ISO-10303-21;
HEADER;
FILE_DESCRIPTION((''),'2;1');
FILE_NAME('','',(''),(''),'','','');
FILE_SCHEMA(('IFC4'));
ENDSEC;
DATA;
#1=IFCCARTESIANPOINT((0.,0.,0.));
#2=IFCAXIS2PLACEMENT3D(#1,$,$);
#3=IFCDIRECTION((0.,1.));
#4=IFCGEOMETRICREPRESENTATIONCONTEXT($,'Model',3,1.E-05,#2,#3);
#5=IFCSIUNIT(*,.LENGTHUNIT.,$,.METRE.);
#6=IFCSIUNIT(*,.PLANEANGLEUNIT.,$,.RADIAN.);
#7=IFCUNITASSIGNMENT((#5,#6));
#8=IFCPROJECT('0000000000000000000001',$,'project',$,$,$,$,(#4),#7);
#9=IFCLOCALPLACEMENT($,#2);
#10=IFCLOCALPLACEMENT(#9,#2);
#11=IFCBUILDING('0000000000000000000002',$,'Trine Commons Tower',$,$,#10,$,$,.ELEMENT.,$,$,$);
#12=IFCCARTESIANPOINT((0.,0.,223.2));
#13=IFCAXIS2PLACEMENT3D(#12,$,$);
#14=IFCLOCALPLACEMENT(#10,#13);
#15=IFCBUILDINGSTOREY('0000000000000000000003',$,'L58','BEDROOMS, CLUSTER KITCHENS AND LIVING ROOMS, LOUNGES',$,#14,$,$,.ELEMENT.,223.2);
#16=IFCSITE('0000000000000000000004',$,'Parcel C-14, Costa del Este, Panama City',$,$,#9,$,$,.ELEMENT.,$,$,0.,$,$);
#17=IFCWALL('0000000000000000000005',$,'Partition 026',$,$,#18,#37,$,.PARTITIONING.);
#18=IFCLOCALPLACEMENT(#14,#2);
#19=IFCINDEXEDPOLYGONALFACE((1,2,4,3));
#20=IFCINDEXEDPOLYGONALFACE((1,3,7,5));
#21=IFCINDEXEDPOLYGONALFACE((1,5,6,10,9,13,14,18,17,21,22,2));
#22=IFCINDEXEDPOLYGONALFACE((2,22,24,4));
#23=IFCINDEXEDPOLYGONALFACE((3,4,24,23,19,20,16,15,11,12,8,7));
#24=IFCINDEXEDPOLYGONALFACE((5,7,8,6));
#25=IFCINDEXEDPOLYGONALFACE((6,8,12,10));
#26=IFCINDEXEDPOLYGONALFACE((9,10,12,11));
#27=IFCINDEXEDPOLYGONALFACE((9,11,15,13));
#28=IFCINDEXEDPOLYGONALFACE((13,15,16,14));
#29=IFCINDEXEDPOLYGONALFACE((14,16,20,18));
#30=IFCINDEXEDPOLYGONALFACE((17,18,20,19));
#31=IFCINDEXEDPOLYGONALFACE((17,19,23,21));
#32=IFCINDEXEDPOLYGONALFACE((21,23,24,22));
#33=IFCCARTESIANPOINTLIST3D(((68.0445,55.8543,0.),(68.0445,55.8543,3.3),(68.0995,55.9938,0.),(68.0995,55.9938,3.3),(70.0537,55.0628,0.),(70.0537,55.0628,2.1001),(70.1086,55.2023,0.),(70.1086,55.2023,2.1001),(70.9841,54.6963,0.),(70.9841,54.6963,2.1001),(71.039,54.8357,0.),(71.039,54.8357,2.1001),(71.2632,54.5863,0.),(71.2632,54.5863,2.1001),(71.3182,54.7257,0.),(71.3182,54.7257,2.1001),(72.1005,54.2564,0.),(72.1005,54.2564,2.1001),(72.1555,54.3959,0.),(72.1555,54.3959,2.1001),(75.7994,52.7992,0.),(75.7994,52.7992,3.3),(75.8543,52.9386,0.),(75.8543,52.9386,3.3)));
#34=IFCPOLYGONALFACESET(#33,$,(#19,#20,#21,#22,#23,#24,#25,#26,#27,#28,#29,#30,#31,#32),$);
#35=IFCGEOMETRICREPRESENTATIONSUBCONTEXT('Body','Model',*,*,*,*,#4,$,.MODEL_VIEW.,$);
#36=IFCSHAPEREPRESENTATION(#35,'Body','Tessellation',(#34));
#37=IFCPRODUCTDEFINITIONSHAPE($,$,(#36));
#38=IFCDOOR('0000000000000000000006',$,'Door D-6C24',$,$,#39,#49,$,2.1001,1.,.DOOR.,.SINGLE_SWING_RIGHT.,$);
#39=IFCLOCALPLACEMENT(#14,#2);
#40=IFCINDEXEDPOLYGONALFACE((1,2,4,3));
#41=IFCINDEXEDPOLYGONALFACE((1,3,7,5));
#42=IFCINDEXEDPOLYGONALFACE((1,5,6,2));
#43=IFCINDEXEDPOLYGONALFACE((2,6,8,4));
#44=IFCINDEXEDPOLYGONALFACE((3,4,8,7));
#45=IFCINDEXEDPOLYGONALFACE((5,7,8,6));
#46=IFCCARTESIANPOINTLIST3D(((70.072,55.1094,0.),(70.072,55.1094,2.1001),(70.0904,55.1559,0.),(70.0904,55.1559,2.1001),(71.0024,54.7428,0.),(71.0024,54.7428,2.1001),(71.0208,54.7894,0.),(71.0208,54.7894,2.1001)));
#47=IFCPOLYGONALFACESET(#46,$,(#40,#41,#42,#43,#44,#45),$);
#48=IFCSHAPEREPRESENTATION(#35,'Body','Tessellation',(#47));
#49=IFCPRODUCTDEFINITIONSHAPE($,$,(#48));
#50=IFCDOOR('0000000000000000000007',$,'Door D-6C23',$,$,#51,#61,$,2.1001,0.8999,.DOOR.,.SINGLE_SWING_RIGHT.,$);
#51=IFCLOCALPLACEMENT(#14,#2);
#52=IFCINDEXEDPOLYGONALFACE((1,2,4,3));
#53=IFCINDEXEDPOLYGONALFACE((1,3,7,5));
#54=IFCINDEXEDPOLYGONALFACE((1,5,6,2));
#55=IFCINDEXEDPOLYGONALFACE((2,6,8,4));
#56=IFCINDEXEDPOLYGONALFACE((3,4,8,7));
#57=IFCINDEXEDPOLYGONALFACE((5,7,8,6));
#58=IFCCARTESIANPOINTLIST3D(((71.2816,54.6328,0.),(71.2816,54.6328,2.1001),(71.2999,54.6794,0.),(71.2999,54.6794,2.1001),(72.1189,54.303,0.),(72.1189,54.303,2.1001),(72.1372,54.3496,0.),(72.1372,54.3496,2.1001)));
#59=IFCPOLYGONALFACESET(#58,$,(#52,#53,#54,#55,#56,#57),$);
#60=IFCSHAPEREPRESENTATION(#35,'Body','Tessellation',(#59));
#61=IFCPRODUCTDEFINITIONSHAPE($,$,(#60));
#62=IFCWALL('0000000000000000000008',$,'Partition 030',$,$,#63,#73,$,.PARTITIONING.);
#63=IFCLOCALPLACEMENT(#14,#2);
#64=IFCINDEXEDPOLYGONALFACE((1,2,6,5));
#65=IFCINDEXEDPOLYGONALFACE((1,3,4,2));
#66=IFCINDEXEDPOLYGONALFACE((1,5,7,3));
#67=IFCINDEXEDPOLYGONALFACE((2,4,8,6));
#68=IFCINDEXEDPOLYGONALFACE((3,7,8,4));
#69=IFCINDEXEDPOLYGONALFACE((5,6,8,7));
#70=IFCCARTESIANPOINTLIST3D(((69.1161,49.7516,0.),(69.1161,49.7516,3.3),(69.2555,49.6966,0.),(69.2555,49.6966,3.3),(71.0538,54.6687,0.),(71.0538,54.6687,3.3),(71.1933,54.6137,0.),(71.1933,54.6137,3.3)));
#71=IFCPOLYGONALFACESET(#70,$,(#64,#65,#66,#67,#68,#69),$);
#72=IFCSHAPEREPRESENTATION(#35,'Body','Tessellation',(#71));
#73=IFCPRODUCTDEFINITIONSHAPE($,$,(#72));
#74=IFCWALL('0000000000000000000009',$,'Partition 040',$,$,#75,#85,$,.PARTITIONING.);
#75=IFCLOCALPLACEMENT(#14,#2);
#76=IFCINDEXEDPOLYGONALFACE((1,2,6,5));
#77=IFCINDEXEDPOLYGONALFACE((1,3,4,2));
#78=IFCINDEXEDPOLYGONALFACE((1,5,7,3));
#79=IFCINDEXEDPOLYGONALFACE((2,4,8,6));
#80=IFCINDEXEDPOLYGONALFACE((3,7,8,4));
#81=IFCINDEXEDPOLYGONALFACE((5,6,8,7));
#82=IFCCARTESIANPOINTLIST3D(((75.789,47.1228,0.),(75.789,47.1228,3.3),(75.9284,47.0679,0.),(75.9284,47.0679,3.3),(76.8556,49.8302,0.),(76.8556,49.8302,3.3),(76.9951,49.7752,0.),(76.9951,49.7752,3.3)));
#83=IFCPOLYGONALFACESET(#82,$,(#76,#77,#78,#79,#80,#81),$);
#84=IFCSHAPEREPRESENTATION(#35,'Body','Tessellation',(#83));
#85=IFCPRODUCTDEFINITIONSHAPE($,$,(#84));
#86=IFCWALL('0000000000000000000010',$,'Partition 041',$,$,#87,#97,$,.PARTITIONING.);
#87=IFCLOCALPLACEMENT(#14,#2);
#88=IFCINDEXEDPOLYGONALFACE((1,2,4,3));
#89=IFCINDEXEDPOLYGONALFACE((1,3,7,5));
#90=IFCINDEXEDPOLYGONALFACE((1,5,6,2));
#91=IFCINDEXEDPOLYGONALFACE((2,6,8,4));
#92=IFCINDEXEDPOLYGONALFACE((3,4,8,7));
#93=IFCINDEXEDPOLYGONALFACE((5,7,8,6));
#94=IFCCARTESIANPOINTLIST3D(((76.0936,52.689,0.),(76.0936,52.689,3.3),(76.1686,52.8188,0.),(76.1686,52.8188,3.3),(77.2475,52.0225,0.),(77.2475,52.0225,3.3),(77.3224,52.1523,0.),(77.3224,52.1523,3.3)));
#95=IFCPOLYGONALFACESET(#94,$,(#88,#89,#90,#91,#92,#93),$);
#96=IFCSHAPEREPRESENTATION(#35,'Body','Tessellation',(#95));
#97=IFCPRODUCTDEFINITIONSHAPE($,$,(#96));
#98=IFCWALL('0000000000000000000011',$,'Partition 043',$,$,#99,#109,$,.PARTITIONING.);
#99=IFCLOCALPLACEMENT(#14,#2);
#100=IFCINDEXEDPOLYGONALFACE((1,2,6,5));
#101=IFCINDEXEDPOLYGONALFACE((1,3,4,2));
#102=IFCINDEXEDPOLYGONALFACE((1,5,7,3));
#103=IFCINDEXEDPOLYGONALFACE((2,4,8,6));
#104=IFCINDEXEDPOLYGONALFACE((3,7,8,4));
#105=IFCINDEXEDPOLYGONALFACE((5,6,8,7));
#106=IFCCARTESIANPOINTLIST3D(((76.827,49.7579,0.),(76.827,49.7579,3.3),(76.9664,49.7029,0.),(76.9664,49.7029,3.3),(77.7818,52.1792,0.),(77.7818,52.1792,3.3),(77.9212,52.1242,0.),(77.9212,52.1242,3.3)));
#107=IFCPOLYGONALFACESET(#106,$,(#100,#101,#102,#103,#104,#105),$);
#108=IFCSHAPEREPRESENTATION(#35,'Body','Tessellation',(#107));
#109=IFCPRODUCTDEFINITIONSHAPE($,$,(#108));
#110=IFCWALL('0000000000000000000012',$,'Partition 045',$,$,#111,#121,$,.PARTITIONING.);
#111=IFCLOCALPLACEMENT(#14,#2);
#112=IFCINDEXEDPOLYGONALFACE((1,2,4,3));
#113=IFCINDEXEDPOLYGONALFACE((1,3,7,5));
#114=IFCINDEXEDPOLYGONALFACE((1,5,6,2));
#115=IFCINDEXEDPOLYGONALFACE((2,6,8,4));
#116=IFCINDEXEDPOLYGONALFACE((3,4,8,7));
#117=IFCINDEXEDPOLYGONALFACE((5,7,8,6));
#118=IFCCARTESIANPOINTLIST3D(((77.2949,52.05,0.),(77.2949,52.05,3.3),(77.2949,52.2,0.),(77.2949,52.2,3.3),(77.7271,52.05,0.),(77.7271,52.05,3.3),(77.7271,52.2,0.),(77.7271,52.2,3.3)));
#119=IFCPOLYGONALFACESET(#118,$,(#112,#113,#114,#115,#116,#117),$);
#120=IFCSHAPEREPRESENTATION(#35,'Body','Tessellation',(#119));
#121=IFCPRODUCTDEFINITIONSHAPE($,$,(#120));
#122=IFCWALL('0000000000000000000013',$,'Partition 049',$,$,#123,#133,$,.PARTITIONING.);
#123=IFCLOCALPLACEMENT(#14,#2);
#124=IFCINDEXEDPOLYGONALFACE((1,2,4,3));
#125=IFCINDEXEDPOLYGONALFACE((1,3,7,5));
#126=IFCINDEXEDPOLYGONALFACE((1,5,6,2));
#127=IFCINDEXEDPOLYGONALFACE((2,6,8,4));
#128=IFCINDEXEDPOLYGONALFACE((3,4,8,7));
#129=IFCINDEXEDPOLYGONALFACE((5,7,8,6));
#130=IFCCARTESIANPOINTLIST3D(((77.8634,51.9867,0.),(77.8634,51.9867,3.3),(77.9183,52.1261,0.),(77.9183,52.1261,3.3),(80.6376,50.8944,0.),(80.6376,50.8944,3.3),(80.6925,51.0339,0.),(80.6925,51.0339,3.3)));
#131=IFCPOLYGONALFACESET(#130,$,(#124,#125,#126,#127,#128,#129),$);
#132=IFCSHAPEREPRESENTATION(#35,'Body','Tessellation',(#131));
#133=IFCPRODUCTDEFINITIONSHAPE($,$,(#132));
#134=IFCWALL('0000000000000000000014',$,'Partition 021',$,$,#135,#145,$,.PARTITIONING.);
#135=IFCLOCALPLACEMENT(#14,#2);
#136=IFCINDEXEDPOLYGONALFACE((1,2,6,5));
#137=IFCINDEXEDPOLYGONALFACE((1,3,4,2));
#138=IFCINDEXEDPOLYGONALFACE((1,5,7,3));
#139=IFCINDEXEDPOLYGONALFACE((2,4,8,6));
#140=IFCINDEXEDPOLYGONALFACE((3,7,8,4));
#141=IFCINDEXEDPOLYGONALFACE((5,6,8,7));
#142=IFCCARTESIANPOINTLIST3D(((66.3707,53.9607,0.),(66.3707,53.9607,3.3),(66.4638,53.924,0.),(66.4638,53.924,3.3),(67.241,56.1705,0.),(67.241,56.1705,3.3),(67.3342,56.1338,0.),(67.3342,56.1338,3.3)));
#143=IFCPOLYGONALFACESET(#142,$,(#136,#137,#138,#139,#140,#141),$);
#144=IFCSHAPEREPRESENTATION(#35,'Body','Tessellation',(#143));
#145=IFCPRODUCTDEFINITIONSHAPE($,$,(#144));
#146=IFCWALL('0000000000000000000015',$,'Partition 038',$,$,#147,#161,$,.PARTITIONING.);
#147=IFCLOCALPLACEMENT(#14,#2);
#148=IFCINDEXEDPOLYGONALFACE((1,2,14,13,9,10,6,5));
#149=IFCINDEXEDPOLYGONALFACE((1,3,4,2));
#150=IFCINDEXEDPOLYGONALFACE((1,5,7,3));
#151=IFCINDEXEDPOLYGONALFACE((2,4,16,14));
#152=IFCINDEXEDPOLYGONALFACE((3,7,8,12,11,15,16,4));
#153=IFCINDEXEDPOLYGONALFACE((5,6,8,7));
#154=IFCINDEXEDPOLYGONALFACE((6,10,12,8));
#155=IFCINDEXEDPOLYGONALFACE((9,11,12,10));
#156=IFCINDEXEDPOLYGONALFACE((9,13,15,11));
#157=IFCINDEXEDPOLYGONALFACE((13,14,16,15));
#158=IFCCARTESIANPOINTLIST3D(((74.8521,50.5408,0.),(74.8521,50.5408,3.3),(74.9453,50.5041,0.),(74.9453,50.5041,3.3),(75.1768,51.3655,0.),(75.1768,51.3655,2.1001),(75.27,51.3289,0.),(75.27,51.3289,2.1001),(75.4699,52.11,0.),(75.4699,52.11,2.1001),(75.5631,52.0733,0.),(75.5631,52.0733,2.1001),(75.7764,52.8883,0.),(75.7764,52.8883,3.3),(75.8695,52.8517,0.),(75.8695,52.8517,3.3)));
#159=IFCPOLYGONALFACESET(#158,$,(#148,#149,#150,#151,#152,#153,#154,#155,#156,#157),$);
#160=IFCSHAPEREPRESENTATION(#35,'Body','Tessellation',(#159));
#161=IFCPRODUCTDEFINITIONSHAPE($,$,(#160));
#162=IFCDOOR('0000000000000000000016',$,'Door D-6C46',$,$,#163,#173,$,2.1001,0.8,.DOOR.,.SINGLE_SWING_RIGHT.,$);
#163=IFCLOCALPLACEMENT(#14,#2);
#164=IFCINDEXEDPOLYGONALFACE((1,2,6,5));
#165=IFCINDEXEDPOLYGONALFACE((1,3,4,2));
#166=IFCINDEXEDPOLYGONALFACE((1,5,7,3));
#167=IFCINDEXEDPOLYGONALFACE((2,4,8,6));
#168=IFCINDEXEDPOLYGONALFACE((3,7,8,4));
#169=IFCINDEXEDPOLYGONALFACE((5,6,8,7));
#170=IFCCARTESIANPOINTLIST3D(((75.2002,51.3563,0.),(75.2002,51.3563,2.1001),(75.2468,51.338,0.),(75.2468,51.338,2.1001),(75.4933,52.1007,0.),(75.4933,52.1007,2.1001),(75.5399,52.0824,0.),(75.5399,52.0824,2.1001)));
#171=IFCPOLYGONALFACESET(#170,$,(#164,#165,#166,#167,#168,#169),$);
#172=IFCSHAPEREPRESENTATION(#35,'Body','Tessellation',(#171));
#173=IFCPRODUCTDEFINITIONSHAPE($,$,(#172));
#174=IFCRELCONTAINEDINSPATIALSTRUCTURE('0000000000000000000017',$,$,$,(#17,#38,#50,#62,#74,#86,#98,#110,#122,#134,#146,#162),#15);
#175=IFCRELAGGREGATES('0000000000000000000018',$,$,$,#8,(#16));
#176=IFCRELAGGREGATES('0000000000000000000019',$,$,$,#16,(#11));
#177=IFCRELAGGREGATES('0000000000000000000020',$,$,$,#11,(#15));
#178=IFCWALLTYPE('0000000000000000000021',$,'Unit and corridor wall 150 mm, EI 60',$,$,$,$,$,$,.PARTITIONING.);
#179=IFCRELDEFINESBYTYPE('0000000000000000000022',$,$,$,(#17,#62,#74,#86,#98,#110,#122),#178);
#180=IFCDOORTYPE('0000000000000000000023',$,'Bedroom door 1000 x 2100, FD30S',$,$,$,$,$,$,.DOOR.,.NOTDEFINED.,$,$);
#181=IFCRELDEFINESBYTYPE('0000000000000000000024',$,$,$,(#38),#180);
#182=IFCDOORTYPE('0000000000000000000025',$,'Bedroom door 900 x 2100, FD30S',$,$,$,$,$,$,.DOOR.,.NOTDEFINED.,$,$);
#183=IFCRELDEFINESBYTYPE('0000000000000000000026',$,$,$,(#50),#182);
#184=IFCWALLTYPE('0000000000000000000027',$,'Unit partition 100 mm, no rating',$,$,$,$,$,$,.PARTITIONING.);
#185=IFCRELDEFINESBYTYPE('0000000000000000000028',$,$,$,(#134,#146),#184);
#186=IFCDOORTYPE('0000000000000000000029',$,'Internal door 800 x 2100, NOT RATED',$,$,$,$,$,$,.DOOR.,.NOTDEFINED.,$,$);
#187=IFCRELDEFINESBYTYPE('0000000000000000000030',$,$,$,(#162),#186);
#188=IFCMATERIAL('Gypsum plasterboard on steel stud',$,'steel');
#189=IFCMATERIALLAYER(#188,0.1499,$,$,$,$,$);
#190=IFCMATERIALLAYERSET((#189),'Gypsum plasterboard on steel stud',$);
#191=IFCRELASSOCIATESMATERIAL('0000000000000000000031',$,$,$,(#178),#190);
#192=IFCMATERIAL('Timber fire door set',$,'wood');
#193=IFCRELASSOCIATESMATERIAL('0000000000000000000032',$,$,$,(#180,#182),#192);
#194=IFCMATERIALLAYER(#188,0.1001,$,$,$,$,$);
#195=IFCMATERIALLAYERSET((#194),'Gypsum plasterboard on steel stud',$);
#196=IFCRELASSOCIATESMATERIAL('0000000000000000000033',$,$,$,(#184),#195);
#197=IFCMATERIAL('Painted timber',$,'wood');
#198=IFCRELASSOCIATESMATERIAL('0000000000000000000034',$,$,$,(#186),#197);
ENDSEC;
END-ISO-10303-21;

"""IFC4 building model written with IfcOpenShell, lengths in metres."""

from ifc_helpers import new_model, si_unit, direction, frame, frame_2d, origin, place, context, subcontext, project, spatial, rectangle, extrude, material, layer, layer_set, type_object, element, fill, save


model = new_model("IFC4")

# Units and contexts
model_context = context("Model", 3, precision=1e-05, world=origin(), true_north=direction((0.0, 1.0)))
body_context = subcontext(model_context, "Body", "Model", "MODEL_VIEW")
ifc_project = project(units=[si_unit("LENGTHUNIT", "METRE"), si_unit("PLANEANGLEUNIT", "RADIAN")], contexts=[model_context])

# Site, building, storey
site_placement = place(None, origin())
site = spatial("IfcSite", under=ifc_project, at=site_placement, Name="Parcel C-14, Costa del Este, Panama City", CompositionType="ELEMENT", RefElevation=0.0)
building_placement = place(site_placement, origin())
building = spatial("IfcBuilding", under=site, at=building_placement, Name="Trine Commons Tower", CompositionType="ELEMENT")
storey_placement = place(building_placement, frame((0.0, 0.0, 223.2)))
storey = spatial("IfcBuildingStorey", under=building, at=storey_placement, Name="L58", Description="BEDROOMS, CLUSTER KITCHENS AND LIVING ROOMS, LOUNGES", CompositionType="ELEMENT", Elevation=223.2)

# Shared definitions
ifc_material_1 = material(Name="Gypsum plasterboard on steel stud", Category="steel")
ifc_layer_1 = layer(ifc_material_1, 0.1499)
ifc_layer_set_1 = layer_set([ifc_layer_1], Name="Gypsum plasterboard on steel stud")
wall_type_1 = type_object("IfcWallType", Name="Unit and corridor wall 150 mm, EI 60", PredefinedType="PARTITIONING", material=ifc_layer_set_1)

# Wall, openings, doors
wall_1_placement = place(storey_placement, frame((68.072, 55.9241, 0.0), z_axis=(0.0, 0.0, 1.0), x_axis=(0.930399, -0.366548, 0.0)))
wall_1 = element("IfcWall", 1, at=wall_1_placement, inside=storey, type_object=wall_type_1, Name="Partition 026", PredefinedType="PARTITIONING", context=body_context, shape_type="SweptSolid", body=[
    extrude(rectangle(XDim=8.335, YDim=0.1499, at=frame_2d((4.1675, 0.0))), origin(), (0.0, 0.0, 1.0), 3.3),
])
opening_1_placement = place(wall_1_placement, frame((3.4595, 0.0, 0.0)))
opening_1 = element("IfcOpeningElement", 2, at=opening_1_placement, cuts=wall_1, PredefinedType="OPENING", context=body_context, shape_type="SweptSolid", body=[
    extrude(rectangle(XDim=0.8999, YDim=2.1001, at=frame_2d((0.45, 1.05))), frame((0.0, 0.085, 0.0), z_axis=(0.0, -1.0, 0.0), x_axis=(1.0, 0.0, 0.0)), (0.0, 0.0, 1.0), 0.1699),
])
opening_2_placement = place(wall_1_placement, frame((2.1594, 0.0, 0.0)))
opening_2 = element("IfcOpeningElement", 3, at=opening_2_placement, cuts=wall_1, PredefinedType="OPENING", context=body_context, shape_type="SweptSolid", body=[
    extrude(rectangle(XDim=1.0, YDim=2.1001, at=frame_2d((0.5, 1.05))), frame((0.0, 0.085, 0.0), z_axis=(0.0, -1.0, 0.0), x_axis=(1.0, 0.0, 0.0)), (0.0, 0.0, 1.0), 0.1699),
])
ifc_material_2 = material(Name="Timber fire door set", Category="wood")
door_type_1 = type_object("IfcDoorType", Name="Bedroom door 1000 x 2100, FD30S", OperationType="NOTDEFINED", PredefinedType="DOOR", material=ifc_material_2)
door_1_placement = place(opening_2_placement, frame((1.0, 0.0, 0.0), z_axis=(0.0, 0.0, 1.0), x_axis=(-1.0, 0.0, 0.0)))
door_1 = element("IfcDoor", 4, at=door_1_placement, inside=storey, type_object=door_type_1, Name="Door D-6C24", OperationType="SINGLE_SWING_RIGHT", OverallHeight=2.1001, OverallWidth=1.0, PredefinedType="DOOR", context=body_context, shape_type="SweptSolid", body=[
    extrude(rectangle(XDim=1.0, YDim=2.1001, at=frame_2d((0.5, 1.05))), frame((0.0, 0.0249, 0.0), z_axis=(0.0, -1.0, 0.0), x_axis=(1.0, 0.0, 0.0)), (0.0, 0.0, 1.0), 0.05),
])
fill(opening_2, door_1)
door_type_2 = type_object("IfcDoorType", Name="Bedroom door 900 x 2100, FD30S", OperationType="NOTDEFINED", PredefinedType="DOOR", material=ifc_material_2)
door_2_placement = place(opening_1_placement, frame((0.8999, 0.0, 0.0), z_axis=(0.0, 0.0, 1.0), x_axis=(-1.0, 0.0, 0.0)))
door_2 = element("IfcDoor", 5, at=door_2_placement, inside=storey, type_object=door_type_2, Name="Door D-6C23", OperationType="SINGLE_SWING_RIGHT", OverallHeight=2.1001, OverallWidth=0.8999, PredefinedType="DOOR", context=body_context, shape_type="SweptSolid", body=[
    extrude(rectangle(XDim=0.8999, YDim=2.1001, at=frame_2d((0.45, 1.05))), frame((0.0, 0.0249, 0.0), z_axis=(0.0, -1.0, 0.0), x_axis=(1.0, 0.0, 0.0)), (0.0, 0.0, 1.0), 0.05),
])
fill(opening_1, door_2)

# Walls
wall_2_placement = place(storey_placement, frame((69.1858, 49.7241, 0.0), z_axis=(0.0, 0.0, 1.0), x_axis=(0.366647, 0.93036, 0.0)))
element("IfcWall", 6, at=wall_2_placement, inside=storey, type_object=wall_type_1, Name="Partition 030", PredefinedType="PARTITIONING", context=body_context, shape_type="SweptSolid", body=[
    extrude(rectangle(XDim=5.2852, YDim=0.1499, at=frame_2d((2.6426, 0.0))), origin(), (0.0, 0.0, 1.0), 3.3),
])
wall_3_placement = place(storey_placement, frame((75.8586, 47.0952, 0.0), z_axis=(0.0, 0.0, 1.0), x_axis=(0.366569, 0.930391, 0.0)))
element("IfcWall", 7, at=wall_3_placement, inside=storey, type_object=wall_type_1, Name="Partition 040", PredefinedType="PARTITIONING", context=body_context, shape_type="SweptSolid", body=[
    extrude(rectangle(XDim=2.9099, YDim=0.1499, at=frame_2d((1.4551, 0.0))), origin(), (0.0, 0.0, 1.0), 3.3),
])
wall_4_placement = place(storey_placement, frame((76.1311, 52.7539, 0.0), z_axis=(0.0, 0.0, 1.0), x_axis=(0.865911, -0.500198, 0.0)))
element("IfcWall", 8, at=wall_4_placement, inside=storey, type_object=wall_type_1, Name="Partition 041", PredefinedType="PARTITIONING", context=body_context, shape_type="SweptSolid", body=[
    extrude(rectangle(XDim=1.3325, YDim=0.1499, at=frame_2d((0.6663, 0.0))), origin(), (0.0, 0.0, 1.0), 3.3),
])
wall_5_placement = place(storey_placement, frame((76.8967, 49.7305, 0.0), z_axis=(0.0, 0.0, 1.0), x_axis=(0.366842, 0.930283, 0.0)))
element("IfcWall", 9, at=wall_5_placement, inside=storey, type_object=wall_type_1, Name="Partition 043", PredefinedType="PARTITIONING", context=body_context, shape_type="SweptSolid", body=[
    extrude(rectangle(XDim=2.6028, YDim=0.1499, at=frame_2d((1.3013, 0.0))), origin(), (0.0, 0.0, 1.0), 3.3),
])
wall_6_placement = place(storey_placement, frame((77.2949, 52.125, 0.0), z_axis=(0.0, 0.0, 1.0), x_axis=(1.0, 0.0, 0.0)))
element("IfcWall", 10, at=wall_6_placement, inside=storey, type_object=wall_type_1, Name="Partition 045", PredefinedType="PARTITIONING", context=body_context, shape_type="SweptSolid", body=[
    extrude(rectangle(XDim=0.4321, YDim=0.1499, at=frame_2d((0.2161, 0.0))), origin(), (0.0, 0.0, 1.0), 3.3),
])
wall_7_placement = place(storey_placement, frame((77.8909, 52.0564, 0.0), z_axis=(0.0, 0.0, 1.0), x_axis=(0.930474, -0.366359, 0.0)))
element("IfcWall", 11, at=wall_7_placement, inside=storey, type_object=wall_type_1, Name="Partition 049", PredefinedType="PARTITIONING", context=body_context, shape_type="SweptSolid", body=[
    extrude(rectangle(XDim=2.9814, YDim=0.1499, at=frame_2d((1.4907, 0.0))), origin(), (0.0, 0.0, 1.0), 3.3),
])
ifc_layer_2 = layer(ifc_material_1, 0.1001)
ifc_layer_set_2 = layer_set([ifc_layer_2], Name="Gypsum plasterboard on steel stud")
wall_type_2 = type_object("IfcWallType", Name="Unit partition 100 mm, no rating", PredefinedType="PARTITIONING", material=ifc_layer_set_2)
wall_8_placement = place(storey_placement, frame((66.4172, 53.9424, 0.0), z_axis=(0.0, 0.0, 1.0), x_axis=(0.366476, 0.930428, 0.0)))
element("IfcWall", 12, at=wall_8_placement, inside=storey, type_object=wall_type_2, Name="Partition 021", PredefinedType="PARTITIONING", context=body_context, shape_type="SweptSolid", body=[
    extrude(rectangle(XDim=2.375, YDim=0.1001, at=frame_2d((1.1875, 0.0))), origin(), (0.0, 0.0, 1.0), 3.3),
])

# Wall, opening, door
wall_9_placement = place(storey_placement, frame((74.8987, 50.5225, 0.0), z_axis=(0.0, 0.0, 1.0), x_axis=(0.366347, 0.930478, 0.0)))
wall_9 = element("IfcWall", 13, at=wall_9_placement, inside=storey, type_object=wall_type_2, Name="Partition 038", PredefinedType="PARTITIONING", context=body_context, shape_type="SweptSolid", body=[
    extrude(rectangle(XDim=2.5229, YDim=0.1001, at=frame_2d((1.2615, 0.0))), origin(), (0.0, 0.0, 1.0), 3.3),
])
opening_3_placement = place(wall_9_placement, frame((0.8865, 0.0, 0.0)))
opening_3 = element("IfcOpeningElement", 14, at=opening_3_placement, cuts=wall_9, PredefinedType="OPENING", context=body_context, shape_type="SweptSolid", body=[
    extrude(rectangle(XDim=0.8, YDim=2.1001, at=frame_2d((0.3999, 1.05))), frame((0.0, 0.0601, 0.0), z_axis=(0.0, -1.0, 0.0), x_axis=(1.0, 0.0, 0.0)), (0.0, 0.0, 1.0), 0.1201),
])
ifc_material_3 = material(Name="Painted timber", Category="wood")
door_type_3 = type_object("IfcDoorType", Name="Internal door 800 x 2100, NOT RATED", OperationType="NOTDEFINED", PredefinedType="DOOR", material=ifc_material_3)
door_3_placement = place(opening_3_placement, origin())
door_3 = element("IfcDoor", 15, at=door_3_placement, inside=storey, type_object=door_type_3, Name="Door D-6C46", OperationType="SINGLE_SWING_RIGHT", OverallHeight=2.1001, OverallWidth=0.8, PredefinedType="DOOR", context=body_context, shape_type="SweptSolid", body=[
    extrude(rectangle(XDim=0.8, YDim=2.1001, at=frame_2d((0.3999, 1.05))), frame((0.0, 0.0249, 0.0), z_axis=(0.0, -1.0, 0.0), x_axis=(1.0, 0.0, 0.0)), (0.0, 0.0, 1.0), 0.05),
])
fill(opening_3, door_3)

save(model, "model.ifc")
